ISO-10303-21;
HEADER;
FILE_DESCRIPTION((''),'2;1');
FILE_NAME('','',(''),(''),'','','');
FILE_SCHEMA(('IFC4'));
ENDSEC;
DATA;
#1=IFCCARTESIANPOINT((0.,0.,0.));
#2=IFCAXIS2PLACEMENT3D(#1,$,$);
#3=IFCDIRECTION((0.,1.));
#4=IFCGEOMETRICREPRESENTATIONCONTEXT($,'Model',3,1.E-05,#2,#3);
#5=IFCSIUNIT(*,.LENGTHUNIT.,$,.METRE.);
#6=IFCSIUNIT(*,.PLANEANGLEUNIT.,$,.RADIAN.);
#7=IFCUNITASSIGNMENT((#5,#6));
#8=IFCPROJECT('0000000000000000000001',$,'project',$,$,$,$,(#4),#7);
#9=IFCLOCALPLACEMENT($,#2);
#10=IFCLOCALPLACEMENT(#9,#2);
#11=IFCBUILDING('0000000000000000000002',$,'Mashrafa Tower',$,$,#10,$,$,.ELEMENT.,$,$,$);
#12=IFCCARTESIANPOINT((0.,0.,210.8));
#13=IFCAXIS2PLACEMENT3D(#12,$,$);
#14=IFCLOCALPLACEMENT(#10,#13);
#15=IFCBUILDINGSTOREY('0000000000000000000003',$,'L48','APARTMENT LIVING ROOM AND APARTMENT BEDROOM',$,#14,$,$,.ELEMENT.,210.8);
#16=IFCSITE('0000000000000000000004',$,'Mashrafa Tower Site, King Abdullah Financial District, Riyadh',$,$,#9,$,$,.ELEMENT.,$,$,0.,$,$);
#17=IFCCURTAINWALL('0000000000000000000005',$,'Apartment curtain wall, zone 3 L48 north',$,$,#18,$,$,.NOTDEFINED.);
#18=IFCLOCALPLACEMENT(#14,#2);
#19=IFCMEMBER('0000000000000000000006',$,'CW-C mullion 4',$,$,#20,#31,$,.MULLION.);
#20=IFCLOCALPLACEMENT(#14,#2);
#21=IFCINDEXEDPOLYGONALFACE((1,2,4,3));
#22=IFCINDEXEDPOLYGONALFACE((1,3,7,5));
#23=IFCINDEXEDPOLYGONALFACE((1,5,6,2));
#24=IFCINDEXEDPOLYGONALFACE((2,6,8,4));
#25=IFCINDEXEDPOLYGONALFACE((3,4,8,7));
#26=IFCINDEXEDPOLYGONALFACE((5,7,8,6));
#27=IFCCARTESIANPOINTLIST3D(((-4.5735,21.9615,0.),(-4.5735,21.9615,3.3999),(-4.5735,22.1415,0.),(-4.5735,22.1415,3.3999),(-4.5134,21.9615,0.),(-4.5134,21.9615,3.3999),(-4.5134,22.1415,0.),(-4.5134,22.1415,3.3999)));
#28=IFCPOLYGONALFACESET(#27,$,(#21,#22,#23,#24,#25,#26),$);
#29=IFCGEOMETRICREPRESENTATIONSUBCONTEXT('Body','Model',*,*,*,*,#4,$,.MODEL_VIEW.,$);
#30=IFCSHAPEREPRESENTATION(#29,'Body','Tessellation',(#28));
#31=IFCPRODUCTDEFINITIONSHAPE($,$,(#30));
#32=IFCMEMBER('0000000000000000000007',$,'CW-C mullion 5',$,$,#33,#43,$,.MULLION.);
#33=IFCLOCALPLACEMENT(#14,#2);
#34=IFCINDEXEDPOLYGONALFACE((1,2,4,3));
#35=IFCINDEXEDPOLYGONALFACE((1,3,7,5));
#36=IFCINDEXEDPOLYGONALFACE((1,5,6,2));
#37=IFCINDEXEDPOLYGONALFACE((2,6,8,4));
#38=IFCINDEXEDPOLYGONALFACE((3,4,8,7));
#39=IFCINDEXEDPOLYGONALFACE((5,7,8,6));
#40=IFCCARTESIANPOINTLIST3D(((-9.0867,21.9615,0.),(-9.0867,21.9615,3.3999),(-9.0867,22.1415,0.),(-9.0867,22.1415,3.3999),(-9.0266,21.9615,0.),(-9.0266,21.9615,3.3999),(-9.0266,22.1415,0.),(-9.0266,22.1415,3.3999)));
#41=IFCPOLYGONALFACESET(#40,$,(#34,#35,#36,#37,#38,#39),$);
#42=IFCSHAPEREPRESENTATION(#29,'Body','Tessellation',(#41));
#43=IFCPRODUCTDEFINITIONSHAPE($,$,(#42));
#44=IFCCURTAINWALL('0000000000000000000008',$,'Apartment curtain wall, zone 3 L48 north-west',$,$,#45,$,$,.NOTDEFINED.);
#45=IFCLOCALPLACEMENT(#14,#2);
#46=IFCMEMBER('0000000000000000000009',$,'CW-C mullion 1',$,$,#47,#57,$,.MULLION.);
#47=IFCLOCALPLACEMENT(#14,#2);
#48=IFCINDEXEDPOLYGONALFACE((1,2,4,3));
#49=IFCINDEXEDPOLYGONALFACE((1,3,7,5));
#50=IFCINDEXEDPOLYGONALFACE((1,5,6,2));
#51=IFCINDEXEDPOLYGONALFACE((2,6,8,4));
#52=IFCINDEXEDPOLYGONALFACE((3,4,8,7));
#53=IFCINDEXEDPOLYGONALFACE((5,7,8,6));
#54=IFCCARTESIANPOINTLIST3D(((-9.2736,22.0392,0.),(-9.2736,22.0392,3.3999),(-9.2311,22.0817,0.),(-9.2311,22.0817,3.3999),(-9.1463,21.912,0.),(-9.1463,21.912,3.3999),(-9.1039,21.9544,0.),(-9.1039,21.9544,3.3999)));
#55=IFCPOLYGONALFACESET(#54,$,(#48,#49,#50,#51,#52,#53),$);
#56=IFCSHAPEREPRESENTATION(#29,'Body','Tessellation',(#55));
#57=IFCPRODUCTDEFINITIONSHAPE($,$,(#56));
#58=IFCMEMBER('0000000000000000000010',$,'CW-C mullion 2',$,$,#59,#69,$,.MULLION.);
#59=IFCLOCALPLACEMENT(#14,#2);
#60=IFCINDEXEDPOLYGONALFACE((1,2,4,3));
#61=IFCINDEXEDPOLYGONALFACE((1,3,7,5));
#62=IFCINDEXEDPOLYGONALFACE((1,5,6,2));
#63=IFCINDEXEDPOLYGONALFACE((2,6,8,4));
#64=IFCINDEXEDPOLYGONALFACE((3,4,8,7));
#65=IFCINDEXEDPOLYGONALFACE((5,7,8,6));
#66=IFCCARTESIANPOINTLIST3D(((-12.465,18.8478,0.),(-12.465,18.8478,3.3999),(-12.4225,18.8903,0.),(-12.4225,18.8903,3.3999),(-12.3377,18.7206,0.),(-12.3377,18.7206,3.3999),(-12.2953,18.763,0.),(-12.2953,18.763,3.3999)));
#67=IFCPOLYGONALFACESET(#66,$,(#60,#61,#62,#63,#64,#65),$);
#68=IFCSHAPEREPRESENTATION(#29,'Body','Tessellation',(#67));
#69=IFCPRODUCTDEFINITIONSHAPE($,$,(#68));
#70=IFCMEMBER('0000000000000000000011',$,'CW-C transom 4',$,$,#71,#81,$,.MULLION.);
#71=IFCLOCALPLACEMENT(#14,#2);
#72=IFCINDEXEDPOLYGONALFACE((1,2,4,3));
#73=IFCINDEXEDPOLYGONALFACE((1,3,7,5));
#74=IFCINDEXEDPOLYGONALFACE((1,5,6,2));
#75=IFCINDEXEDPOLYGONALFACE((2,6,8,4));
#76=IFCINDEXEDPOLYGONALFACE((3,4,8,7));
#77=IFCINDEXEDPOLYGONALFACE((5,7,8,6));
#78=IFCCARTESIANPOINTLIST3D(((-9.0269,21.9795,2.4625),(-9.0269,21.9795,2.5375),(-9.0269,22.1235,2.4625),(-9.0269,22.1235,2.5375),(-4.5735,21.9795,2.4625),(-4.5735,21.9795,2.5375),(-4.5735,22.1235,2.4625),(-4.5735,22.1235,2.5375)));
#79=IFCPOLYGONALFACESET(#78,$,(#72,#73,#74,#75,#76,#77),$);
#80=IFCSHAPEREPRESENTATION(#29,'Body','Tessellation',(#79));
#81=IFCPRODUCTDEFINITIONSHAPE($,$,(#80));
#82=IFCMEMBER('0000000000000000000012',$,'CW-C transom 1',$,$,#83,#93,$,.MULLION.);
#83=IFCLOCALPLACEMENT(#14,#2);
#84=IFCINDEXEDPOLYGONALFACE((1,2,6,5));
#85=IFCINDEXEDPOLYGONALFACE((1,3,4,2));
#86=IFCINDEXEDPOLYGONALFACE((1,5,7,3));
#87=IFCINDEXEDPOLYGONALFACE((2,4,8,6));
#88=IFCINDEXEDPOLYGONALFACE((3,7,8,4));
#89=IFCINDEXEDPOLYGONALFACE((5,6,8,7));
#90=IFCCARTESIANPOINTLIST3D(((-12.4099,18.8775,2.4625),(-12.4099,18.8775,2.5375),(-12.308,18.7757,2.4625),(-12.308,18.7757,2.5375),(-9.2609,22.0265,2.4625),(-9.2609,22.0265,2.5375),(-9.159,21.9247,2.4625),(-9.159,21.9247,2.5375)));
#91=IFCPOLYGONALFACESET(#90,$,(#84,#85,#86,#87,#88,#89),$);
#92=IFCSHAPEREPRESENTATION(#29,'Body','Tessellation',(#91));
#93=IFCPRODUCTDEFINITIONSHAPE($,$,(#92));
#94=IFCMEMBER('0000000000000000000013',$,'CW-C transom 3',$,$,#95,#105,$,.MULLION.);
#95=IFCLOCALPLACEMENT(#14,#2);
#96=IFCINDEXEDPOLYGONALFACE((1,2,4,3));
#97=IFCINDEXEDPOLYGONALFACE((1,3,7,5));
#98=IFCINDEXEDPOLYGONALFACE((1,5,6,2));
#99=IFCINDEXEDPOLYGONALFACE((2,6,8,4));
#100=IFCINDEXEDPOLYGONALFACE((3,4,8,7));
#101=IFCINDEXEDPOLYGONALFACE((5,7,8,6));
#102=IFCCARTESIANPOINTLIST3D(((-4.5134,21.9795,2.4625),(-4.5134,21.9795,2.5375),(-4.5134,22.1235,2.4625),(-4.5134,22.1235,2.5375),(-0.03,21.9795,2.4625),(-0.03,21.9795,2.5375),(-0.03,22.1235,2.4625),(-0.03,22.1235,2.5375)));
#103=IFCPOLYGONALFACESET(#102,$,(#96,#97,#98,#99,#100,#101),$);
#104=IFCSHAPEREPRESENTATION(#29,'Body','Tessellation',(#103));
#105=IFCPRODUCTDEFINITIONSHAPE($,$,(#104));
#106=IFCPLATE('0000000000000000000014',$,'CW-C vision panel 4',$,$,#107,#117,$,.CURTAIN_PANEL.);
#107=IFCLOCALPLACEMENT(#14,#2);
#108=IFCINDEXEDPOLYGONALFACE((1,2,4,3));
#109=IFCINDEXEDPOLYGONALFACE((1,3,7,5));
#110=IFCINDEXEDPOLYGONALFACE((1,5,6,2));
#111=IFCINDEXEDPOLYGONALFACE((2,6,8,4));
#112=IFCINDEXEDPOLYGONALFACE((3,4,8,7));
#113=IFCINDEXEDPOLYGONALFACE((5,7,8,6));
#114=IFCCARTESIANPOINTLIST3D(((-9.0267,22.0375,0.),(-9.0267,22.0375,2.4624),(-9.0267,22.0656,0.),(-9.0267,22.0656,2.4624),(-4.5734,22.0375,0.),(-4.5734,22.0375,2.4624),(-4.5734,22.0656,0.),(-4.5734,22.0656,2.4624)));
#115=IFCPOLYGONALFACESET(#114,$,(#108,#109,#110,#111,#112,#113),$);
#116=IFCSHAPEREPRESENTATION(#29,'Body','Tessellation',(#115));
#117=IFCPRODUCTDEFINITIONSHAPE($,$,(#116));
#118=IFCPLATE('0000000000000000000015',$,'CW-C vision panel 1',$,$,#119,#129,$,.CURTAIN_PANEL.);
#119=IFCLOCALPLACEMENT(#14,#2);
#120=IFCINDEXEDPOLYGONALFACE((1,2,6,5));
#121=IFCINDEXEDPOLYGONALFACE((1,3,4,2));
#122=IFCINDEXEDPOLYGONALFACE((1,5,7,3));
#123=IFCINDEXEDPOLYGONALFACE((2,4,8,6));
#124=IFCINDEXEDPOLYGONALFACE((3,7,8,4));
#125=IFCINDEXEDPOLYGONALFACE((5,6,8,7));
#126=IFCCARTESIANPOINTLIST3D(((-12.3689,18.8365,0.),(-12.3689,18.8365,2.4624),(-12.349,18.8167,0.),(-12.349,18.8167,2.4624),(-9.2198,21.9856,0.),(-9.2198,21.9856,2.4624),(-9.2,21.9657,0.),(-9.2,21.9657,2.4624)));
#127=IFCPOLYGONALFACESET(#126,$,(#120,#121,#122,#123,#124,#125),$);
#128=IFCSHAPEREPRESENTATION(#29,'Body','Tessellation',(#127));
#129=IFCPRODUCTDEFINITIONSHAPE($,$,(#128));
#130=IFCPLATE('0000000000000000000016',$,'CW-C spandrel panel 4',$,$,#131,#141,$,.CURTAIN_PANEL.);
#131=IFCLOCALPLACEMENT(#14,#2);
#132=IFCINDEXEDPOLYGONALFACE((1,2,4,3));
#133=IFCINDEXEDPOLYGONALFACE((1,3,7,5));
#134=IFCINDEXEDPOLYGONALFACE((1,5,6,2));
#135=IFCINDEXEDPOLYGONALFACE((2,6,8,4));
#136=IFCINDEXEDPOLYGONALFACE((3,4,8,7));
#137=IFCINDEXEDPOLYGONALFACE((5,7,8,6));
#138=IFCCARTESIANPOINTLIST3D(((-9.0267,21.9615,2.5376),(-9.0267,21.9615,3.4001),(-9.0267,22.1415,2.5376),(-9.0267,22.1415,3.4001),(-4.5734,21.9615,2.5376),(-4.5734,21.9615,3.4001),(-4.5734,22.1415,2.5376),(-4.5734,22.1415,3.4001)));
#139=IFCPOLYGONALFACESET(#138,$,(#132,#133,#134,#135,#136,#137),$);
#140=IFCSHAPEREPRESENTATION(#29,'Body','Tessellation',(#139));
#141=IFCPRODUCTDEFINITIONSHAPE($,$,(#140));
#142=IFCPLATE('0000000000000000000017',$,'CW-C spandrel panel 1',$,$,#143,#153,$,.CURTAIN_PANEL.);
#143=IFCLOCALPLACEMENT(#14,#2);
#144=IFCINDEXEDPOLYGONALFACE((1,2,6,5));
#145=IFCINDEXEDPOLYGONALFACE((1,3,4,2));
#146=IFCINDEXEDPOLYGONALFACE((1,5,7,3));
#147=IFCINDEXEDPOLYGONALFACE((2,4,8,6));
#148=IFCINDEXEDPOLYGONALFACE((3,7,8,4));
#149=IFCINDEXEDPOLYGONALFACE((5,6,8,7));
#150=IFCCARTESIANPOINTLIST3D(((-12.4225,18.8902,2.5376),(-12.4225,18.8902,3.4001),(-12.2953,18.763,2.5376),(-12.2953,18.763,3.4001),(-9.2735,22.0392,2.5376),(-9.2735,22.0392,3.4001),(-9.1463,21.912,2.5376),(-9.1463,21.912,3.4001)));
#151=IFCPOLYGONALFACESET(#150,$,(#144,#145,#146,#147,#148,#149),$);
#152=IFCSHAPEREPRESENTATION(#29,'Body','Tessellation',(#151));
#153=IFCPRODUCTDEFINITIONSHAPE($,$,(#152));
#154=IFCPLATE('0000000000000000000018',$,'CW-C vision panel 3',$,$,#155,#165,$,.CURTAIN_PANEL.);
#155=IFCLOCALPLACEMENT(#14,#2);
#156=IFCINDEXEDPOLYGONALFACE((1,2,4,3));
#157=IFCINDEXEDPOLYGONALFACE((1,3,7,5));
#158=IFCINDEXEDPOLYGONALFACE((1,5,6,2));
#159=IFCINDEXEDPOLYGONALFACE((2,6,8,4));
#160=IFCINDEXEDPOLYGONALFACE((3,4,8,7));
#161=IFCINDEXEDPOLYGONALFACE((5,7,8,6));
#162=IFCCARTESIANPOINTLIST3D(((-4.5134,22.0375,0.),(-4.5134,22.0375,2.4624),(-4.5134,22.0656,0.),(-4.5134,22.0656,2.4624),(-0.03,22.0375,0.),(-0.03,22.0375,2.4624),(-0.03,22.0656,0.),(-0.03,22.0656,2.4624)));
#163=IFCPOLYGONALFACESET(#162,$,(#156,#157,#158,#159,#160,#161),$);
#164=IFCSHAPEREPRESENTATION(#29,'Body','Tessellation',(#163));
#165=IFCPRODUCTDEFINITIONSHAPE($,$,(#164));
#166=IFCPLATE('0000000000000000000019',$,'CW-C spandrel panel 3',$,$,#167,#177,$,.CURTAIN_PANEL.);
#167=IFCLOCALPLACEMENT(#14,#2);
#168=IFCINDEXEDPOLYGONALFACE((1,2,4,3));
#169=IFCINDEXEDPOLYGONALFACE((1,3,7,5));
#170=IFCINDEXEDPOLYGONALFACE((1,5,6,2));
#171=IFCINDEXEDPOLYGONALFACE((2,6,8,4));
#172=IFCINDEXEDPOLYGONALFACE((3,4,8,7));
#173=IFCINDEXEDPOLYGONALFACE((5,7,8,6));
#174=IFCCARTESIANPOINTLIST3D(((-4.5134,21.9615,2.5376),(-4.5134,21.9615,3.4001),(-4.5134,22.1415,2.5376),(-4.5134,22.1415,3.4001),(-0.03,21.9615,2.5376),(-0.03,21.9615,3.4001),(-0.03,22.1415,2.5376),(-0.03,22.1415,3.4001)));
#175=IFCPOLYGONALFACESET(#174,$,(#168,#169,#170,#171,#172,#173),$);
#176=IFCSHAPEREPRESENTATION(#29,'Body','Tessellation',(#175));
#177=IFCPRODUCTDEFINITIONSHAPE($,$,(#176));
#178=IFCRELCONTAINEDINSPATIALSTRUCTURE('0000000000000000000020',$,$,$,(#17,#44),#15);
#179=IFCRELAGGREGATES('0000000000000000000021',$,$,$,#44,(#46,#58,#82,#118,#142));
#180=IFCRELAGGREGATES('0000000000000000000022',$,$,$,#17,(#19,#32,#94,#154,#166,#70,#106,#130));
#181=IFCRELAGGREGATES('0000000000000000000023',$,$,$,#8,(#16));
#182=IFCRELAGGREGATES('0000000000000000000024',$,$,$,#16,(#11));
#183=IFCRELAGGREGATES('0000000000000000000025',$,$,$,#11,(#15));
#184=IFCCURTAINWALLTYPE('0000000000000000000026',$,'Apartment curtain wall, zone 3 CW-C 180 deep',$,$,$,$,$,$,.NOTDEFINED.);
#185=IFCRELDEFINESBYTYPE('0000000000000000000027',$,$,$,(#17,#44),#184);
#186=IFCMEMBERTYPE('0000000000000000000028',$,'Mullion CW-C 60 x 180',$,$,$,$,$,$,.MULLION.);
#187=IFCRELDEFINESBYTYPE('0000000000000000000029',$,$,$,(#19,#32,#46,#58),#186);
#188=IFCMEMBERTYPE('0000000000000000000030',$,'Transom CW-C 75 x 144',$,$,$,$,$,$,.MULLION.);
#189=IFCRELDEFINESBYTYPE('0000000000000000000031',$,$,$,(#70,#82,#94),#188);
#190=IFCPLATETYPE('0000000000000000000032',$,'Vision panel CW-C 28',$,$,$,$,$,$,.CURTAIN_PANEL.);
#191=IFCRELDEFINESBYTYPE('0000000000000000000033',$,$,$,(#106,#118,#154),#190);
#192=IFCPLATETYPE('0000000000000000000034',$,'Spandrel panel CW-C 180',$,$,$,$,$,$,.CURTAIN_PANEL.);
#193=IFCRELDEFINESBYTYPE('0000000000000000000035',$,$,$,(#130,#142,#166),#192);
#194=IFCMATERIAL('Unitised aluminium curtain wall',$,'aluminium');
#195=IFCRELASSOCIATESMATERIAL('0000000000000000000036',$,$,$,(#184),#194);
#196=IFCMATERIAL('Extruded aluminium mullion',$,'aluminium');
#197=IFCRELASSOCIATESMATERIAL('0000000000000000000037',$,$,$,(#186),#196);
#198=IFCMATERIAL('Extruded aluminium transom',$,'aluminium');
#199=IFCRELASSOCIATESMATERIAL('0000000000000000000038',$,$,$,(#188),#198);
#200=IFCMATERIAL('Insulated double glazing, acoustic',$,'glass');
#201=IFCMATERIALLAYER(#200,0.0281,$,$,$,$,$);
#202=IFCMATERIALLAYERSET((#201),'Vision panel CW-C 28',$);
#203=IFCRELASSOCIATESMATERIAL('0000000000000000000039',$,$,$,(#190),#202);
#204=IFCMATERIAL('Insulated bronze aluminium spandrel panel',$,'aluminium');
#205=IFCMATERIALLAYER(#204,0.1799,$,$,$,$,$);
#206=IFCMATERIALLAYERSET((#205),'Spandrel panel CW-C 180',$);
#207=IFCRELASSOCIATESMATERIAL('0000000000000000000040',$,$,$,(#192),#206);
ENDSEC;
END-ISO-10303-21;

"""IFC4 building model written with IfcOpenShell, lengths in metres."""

from ifc_helpers import new_model, si_unit, direction, frame, origin, origin_2d, place, context, subcontext, project, spatial, rectangle, extrude, source, transform, mapped, material, layer, layer_set, material_profile, profile_set, type_object, type_shapes, element, aggregate, save


model = new_model("IFC4")

# Units and contexts
model_context = context("Model", 3, precision=1e-05, world=origin(), true_north=direction((0.0, 1.0)))
body_context = subcontext(model_context, "Body", "Model", "MODEL_VIEW")
ifc_project = project(units=[si_unit("LENGTHUNIT", "METRE"), si_unit("PLANEANGLEUNIT", "RADIAN")], contexts=[model_context])

# Site, building, storey
site_placement = place(None, origin())
site = spatial("IfcSite", under=ifc_project, at=site_placement, Name="Mashrafa Tower Site, King Abdullah Financial District, Riyadh", CompositionType="ELEMENT", RefElevation=0.0)
building_placement = place(site_placement, origin())
building = spatial("IfcBuilding", under=site, at=building_placement, Name="Mashrafa Tower", CompositionType="ELEMENT")
storey_placement = place(building_placement, frame((0.0, 0.0, 210.8)))
storey = spatial("IfcBuildingStorey", under=building, at=storey_placement, Name="L48", Description="APARTMENT LIVING ROOM AND APARTMENT BEDROOM", CompositionType="ELEMENT", Elevation=210.8)

# Curtain walls, members
ifc_material_1 = material(Name="Unitised aluminium curtain wall", Category="aluminium")
curtain_wall_type = type_object("IfcCurtainWallType", Name="Apartment curtain wall, zone 3 CW-C 180 deep", PredefinedType="NOTDEFINED", material=ifc_material_1)
curtain_wall_1_placement = place(storey_placement, origin())
curtain_wall_1 = element("IfcCurtainWall", 1, at=curtain_wall_1_placement, inside=storey, type_object=curtain_wall_type, Name="Apartment curtain wall, zone 3 L48 north", PredefinedType="NOTDEFINED")
ifc_material_2 = material(Name="Extruded aluminium mullion", Category="aluminium")
ifc_material_profile_1 = material_profile(ifc_material_2, rectangle(XDim=0.1799, YDim=0.0601, at=origin_2d()), Name="Mullion 60x180")
ifc_profile_set_1 = profile_set([ifc_material_profile_1], Name="Extruded aluminium mullion")
member_type_1 = type_object("IfcMemberType", Name="Mullion CW-C 60 x 180", PredefinedType="MULLION", material=ifc_profile_set_1)
shared_shape_1 = source(origin(), body_context, "Body", "SweptSolid", [
    extrude(rectangle(XDim=0.1799, YDim=0.0601, at=origin_2d()), origin(), (0.0, 0.0, 1.0), 3.3999),
])
type_shapes(member_type_1, [shared_shape_1])
member_1_placement = place(storey_placement, frame((-4.5435, 22.0515, 0.0), z_axis=(0.0, 0.0, 1.0), x_axis=(0.0, -1.0, 0.0)))
member_1 = element("IfcMember", 2, at=member_1_placement, type_object=member_type_1, Name="CW-C mullion 4", PredefinedType="MULLION", context=body_context, shape_type="MappedRepresentation", body=[
    mapped(shared_shape_1, transform((0.0, 0.0, 0.0))),
])
member_2_placement = place(storey_placement, frame((-9.0566, 22.0515, 0.0), z_axis=(0.0, 0.0, 1.0), x_axis=(0.0, -1.0, 0.0)))
member_2 = element("IfcMember", 3, at=member_2_placement, type_object=member_type_1, Name="CW-C mullion 5", PredefinedType="MULLION", context=body_context, shape_type="MappedRepresentation", body=[
    mapped(shared_shape_1, transform((0.0, 0.0, 0.0))),
])
curtain_wall_2_placement = place(storey_placement, origin())
curtain_wall_2 = element("IfcCurtainWall", 4, at=curtain_wall_2_placement, inside=storey, type_object=curtain_wall_type, Name="Apartment curtain wall, zone 3 L48 north-west", PredefinedType="NOTDEFINED")
member_3_placement = place(storey_placement, frame((-9.1887, 21.9968, 0.0), z_axis=(0.0, 0.0, 1.0), x_axis=(0.707107, -0.707107, 0.0)))
member_3 = element("IfcMember", 5, at=member_3_placement, type_object=member_type_1, Name="CW-C mullion 1", PredefinedType="MULLION", context=body_context, shape_type="MappedRepresentation", body=[
    mapped(shared_shape_1, transform((0.0, 0.0, 0.0))),
])
member_4_placement = place(storey_placement, frame((-12.3801, 18.8054, 0.0), z_axis=(0.0, 0.0, 1.0), x_axis=(0.707107, -0.707107, 0.0)))
member_4 = element("IfcMember", 6, at=member_4_placement, type_object=member_type_1, Name="CW-C mullion 2", PredefinedType="MULLION", context=body_context, shape_type="MappedRepresentation", body=[
    mapped(shared_shape_1, transform((0.0, 0.0, 0.0))),
])

# Members
ifc_material_3 = material(Name="Extruded aluminium transom", Category="aluminium")
ifc_material_profile_2 = material_profile(ifc_material_3, rectangle(XDim=0.144, YDim=0.075, at=origin_2d()), Name="Transom 75x144")
ifc_profile_set_2 = profile_set([ifc_material_profile_2], Name="Extruded aluminium transom")
member_type_2 = type_object("IfcMemberType", Name="Transom CW-C 75 x 144", PredefinedType="MULLION", material=ifc_profile_set_2)
shared_shape_2 = source(origin(), body_context, "Body", "SweptSolid", [
    extrude(rectangle(XDim=0.144, YDim=0.075, at=origin_2d()), origin(), (0.0, 0.0, 1.0), 4.4534),
])
member_5_placement = place(storey_placement, frame((-4.5735, 22.0515, 2.5), z_axis=(-1.0, 0.0, 0.0), x_axis=(0.0, -1.0, 0.0)))
member_5 = element("IfcMember", 7, at=member_5_placement, type_object=member_type_2, Name="CW-C transom 4", PredefinedType="MULLION", context=body_context, shape_type="MappedRepresentation", body=[
    mapped(shared_shape_2, transform((0.0, 0.0, 0.0))),
])
member_6_placement = place(storey_placement, frame((-9.21, 21.9756, 2.5), z_axis=(-0.707107, -0.707107, 0.0), x_axis=(0.707107, -0.707107, 0.0)))
member_6 = element("IfcMember", 8, at=member_6_placement, type_object=member_type_2, Name="CW-C transom 1", PredefinedType="MULLION", context=body_context, shape_type="MappedRepresentation", body=[
    mapped(shared_shape_2, transform((0.0, 0.0, 0.0))),
])
shared_shape_3 = source(origin(), body_context, "Body", "SweptSolid", [
    extrude(rectangle(XDim=0.144, YDim=0.075, at=origin_2d()), origin(), (0.0, 0.0, 1.0), 4.4834),
])
type_shapes(member_type_2, [shared_shape_2, shared_shape_3])
member_7_placement = place(storey_placement, frame((-0.03, 22.0515, 2.5), z_axis=(-1.0, 0.0, 0.0), x_axis=(0.0, -1.0, 0.0)))
member_7 = element("IfcMember", 9, at=member_7_placement, type_object=member_type_2, Name="CW-C transom 3", PredefinedType="MULLION", context=body_context, shape_type="MappedRepresentation", body=[
    mapped(shared_shape_3, transform((0.0, 0.0, 0.0))),
])

# Plates
ifc_material_4 = material(Name="Insulated double glazing, acoustic", Category="glass")
ifc_layer_1 = layer(ifc_material_4, 0.0281)
ifc_layer_set_1 = layer_set([ifc_layer_1], Name="Vision panel CW-C 28")
plate_type_1 = type_object("IfcPlateType", Name="Vision panel CW-C 28", PredefinedType="CURTAIN_PANEL", material=ifc_layer_set_1)
shared_shape_4 = source(origin(), body_context, "Body", "SweptSolid", [
    extrude(rectangle(XDim=4.4534, YDim=0.0281, at=origin_2d()), origin(), (0.0, 0.0, 1.0), 2.4624),
])
plate_1_placement = place(storey_placement, frame((-6.8, 22.0515, 0.0), z_axis=(0.0, 0.0, 1.0), x_axis=(-1.0, 0.0, 0.0)))
plate_1 = element("IfcPlate", 10, at=plate_1_placement, type_object=plate_type_1, Name="CW-C vision panel 4", PredefinedType="CURTAIN_PANEL", context=body_context, shape_type="MappedRepresentation", body=[
    mapped(shared_shape_4, transform((0.0, 0.0, 0.0))),
])
plate_2_placement = place(storey_placement, frame((-10.7844, 20.4011, 0.0), z_axis=(0.0, 0.0, 1.0), x_axis=(-0.707107, -0.707107, 0.0)))
plate_2 = element("IfcPlate", 11, at=plate_2_placement, type_object=plate_type_1, Name="CW-C vision panel 1", PredefinedType="CURTAIN_PANEL", context=body_context, shape_type="MappedRepresentation", body=[
    mapped(shared_shape_4, transform((0.0, 0.0, 0.0))),
])
ifc_material_5 = material(Name="Insulated bronze aluminium spandrel panel", Category="aluminium")
ifc_layer_2 = layer(ifc_material_5, 0.1799)
ifc_layer_set_2 = layer_set([ifc_layer_2], Name="Spandrel panel CW-C 180")
plate_type_2 = type_object("IfcPlateType", Name="Spandrel panel CW-C 180", PredefinedType="CURTAIN_PANEL", material=ifc_layer_set_2)
shared_shape_5 = source(origin(), body_context, "Body", "SweptSolid", [
    extrude(rectangle(XDim=4.4534, YDim=0.1799, at=origin_2d()), origin(), (0.0, 0.0, 1.0), 0.8625),
])
plate_3_placement = place(storey_placement, frame((-6.8, 22.0515, 2.5376), z_axis=(0.0, 0.0, 1.0), x_axis=(-1.0, 0.0, 0.0)))
plate_3 = element("IfcPlate", 12, at=plate_3_placement, type_object=plate_type_2, Name="CW-C spandrel panel 4", PredefinedType="CURTAIN_PANEL", context=body_context, shape_type="MappedRepresentation", body=[
    mapped(shared_shape_5, transform((0.0, 0.0, 0.0))),
])
plate_4_placement = place(storey_placement, frame((-10.7844, 20.4011, 2.5376), z_axis=(0.0, 0.0, 1.0), x_axis=(-0.707107, -0.707107, 0.0)))
plate_4 = element("IfcPlate", 13, at=plate_4_placement, type_object=plate_type_2, Name="CW-C spandrel panel 1", PredefinedType="CURTAIN_PANEL", context=body_context, shape_type="MappedRepresentation", body=[
    mapped(shared_shape_5, transform((0.0, 0.0, 0.0))),
])
aggregate(curtain_wall_2, [member_3, member_4, member_6, plate_2, plate_4])
shared_shape_6 = source(origin(), body_context, "Body", "SweptSolid", [
    extrude(rectangle(XDim=4.4834, YDim=0.0281, at=origin_2d()), origin(), (0.0, 0.0, 1.0), 2.4624),
])
type_shapes(plate_type_1, [shared_shape_4, shared_shape_6])
plate_5_placement = place(storey_placement, frame((-2.2717, 22.0515, 0.0), z_axis=(0.0, 0.0, 1.0), x_axis=(-1.0, 0.0, 0.0)))
plate_5 = element("IfcPlate", 14, at=plate_5_placement, type_object=plate_type_1, Name="CW-C vision panel 3", PredefinedType="CURTAIN_PANEL", context=body_context, shape_type="MappedRepresentation", body=[
    mapped(shared_shape_6, transform((0.0, 0.0, 0.0))),
])
shared_shape_7 = source(origin(), body_context, "Body", "SweptSolid", [
    extrude(rectangle(XDim=4.4834, YDim=0.1799, at=origin_2d()), origin(), (0.0, 0.0, 1.0), 0.8625),
])
type_shapes(plate_type_2, [shared_shape_5, shared_shape_7])
plate_6_placement = place(storey_placement, frame((-2.2717, 22.0515, 2.5376), z_axis=(0.0, 0.0, 1.0), x_axis=(-1.0, 0.0, 0.0)))
plate_6 = element("IfcPlate", 15, at=plate_6_placement, type_object=plate_type_2, Name="CW-C spandrel panel 3", PredefinedType="CURTAIN_PANEL", context=body_context, shape_type="MappedRepresentation", body=[
    mapped(shared_shape_7, transform((0.0, 0.0, 0.0))),
])
aggregate(curtain_wall_1, [member_1, member_2, member_7, plate_5, plate_6, member_5, plate_1, plate_3])

save(model, "model.ifc")
